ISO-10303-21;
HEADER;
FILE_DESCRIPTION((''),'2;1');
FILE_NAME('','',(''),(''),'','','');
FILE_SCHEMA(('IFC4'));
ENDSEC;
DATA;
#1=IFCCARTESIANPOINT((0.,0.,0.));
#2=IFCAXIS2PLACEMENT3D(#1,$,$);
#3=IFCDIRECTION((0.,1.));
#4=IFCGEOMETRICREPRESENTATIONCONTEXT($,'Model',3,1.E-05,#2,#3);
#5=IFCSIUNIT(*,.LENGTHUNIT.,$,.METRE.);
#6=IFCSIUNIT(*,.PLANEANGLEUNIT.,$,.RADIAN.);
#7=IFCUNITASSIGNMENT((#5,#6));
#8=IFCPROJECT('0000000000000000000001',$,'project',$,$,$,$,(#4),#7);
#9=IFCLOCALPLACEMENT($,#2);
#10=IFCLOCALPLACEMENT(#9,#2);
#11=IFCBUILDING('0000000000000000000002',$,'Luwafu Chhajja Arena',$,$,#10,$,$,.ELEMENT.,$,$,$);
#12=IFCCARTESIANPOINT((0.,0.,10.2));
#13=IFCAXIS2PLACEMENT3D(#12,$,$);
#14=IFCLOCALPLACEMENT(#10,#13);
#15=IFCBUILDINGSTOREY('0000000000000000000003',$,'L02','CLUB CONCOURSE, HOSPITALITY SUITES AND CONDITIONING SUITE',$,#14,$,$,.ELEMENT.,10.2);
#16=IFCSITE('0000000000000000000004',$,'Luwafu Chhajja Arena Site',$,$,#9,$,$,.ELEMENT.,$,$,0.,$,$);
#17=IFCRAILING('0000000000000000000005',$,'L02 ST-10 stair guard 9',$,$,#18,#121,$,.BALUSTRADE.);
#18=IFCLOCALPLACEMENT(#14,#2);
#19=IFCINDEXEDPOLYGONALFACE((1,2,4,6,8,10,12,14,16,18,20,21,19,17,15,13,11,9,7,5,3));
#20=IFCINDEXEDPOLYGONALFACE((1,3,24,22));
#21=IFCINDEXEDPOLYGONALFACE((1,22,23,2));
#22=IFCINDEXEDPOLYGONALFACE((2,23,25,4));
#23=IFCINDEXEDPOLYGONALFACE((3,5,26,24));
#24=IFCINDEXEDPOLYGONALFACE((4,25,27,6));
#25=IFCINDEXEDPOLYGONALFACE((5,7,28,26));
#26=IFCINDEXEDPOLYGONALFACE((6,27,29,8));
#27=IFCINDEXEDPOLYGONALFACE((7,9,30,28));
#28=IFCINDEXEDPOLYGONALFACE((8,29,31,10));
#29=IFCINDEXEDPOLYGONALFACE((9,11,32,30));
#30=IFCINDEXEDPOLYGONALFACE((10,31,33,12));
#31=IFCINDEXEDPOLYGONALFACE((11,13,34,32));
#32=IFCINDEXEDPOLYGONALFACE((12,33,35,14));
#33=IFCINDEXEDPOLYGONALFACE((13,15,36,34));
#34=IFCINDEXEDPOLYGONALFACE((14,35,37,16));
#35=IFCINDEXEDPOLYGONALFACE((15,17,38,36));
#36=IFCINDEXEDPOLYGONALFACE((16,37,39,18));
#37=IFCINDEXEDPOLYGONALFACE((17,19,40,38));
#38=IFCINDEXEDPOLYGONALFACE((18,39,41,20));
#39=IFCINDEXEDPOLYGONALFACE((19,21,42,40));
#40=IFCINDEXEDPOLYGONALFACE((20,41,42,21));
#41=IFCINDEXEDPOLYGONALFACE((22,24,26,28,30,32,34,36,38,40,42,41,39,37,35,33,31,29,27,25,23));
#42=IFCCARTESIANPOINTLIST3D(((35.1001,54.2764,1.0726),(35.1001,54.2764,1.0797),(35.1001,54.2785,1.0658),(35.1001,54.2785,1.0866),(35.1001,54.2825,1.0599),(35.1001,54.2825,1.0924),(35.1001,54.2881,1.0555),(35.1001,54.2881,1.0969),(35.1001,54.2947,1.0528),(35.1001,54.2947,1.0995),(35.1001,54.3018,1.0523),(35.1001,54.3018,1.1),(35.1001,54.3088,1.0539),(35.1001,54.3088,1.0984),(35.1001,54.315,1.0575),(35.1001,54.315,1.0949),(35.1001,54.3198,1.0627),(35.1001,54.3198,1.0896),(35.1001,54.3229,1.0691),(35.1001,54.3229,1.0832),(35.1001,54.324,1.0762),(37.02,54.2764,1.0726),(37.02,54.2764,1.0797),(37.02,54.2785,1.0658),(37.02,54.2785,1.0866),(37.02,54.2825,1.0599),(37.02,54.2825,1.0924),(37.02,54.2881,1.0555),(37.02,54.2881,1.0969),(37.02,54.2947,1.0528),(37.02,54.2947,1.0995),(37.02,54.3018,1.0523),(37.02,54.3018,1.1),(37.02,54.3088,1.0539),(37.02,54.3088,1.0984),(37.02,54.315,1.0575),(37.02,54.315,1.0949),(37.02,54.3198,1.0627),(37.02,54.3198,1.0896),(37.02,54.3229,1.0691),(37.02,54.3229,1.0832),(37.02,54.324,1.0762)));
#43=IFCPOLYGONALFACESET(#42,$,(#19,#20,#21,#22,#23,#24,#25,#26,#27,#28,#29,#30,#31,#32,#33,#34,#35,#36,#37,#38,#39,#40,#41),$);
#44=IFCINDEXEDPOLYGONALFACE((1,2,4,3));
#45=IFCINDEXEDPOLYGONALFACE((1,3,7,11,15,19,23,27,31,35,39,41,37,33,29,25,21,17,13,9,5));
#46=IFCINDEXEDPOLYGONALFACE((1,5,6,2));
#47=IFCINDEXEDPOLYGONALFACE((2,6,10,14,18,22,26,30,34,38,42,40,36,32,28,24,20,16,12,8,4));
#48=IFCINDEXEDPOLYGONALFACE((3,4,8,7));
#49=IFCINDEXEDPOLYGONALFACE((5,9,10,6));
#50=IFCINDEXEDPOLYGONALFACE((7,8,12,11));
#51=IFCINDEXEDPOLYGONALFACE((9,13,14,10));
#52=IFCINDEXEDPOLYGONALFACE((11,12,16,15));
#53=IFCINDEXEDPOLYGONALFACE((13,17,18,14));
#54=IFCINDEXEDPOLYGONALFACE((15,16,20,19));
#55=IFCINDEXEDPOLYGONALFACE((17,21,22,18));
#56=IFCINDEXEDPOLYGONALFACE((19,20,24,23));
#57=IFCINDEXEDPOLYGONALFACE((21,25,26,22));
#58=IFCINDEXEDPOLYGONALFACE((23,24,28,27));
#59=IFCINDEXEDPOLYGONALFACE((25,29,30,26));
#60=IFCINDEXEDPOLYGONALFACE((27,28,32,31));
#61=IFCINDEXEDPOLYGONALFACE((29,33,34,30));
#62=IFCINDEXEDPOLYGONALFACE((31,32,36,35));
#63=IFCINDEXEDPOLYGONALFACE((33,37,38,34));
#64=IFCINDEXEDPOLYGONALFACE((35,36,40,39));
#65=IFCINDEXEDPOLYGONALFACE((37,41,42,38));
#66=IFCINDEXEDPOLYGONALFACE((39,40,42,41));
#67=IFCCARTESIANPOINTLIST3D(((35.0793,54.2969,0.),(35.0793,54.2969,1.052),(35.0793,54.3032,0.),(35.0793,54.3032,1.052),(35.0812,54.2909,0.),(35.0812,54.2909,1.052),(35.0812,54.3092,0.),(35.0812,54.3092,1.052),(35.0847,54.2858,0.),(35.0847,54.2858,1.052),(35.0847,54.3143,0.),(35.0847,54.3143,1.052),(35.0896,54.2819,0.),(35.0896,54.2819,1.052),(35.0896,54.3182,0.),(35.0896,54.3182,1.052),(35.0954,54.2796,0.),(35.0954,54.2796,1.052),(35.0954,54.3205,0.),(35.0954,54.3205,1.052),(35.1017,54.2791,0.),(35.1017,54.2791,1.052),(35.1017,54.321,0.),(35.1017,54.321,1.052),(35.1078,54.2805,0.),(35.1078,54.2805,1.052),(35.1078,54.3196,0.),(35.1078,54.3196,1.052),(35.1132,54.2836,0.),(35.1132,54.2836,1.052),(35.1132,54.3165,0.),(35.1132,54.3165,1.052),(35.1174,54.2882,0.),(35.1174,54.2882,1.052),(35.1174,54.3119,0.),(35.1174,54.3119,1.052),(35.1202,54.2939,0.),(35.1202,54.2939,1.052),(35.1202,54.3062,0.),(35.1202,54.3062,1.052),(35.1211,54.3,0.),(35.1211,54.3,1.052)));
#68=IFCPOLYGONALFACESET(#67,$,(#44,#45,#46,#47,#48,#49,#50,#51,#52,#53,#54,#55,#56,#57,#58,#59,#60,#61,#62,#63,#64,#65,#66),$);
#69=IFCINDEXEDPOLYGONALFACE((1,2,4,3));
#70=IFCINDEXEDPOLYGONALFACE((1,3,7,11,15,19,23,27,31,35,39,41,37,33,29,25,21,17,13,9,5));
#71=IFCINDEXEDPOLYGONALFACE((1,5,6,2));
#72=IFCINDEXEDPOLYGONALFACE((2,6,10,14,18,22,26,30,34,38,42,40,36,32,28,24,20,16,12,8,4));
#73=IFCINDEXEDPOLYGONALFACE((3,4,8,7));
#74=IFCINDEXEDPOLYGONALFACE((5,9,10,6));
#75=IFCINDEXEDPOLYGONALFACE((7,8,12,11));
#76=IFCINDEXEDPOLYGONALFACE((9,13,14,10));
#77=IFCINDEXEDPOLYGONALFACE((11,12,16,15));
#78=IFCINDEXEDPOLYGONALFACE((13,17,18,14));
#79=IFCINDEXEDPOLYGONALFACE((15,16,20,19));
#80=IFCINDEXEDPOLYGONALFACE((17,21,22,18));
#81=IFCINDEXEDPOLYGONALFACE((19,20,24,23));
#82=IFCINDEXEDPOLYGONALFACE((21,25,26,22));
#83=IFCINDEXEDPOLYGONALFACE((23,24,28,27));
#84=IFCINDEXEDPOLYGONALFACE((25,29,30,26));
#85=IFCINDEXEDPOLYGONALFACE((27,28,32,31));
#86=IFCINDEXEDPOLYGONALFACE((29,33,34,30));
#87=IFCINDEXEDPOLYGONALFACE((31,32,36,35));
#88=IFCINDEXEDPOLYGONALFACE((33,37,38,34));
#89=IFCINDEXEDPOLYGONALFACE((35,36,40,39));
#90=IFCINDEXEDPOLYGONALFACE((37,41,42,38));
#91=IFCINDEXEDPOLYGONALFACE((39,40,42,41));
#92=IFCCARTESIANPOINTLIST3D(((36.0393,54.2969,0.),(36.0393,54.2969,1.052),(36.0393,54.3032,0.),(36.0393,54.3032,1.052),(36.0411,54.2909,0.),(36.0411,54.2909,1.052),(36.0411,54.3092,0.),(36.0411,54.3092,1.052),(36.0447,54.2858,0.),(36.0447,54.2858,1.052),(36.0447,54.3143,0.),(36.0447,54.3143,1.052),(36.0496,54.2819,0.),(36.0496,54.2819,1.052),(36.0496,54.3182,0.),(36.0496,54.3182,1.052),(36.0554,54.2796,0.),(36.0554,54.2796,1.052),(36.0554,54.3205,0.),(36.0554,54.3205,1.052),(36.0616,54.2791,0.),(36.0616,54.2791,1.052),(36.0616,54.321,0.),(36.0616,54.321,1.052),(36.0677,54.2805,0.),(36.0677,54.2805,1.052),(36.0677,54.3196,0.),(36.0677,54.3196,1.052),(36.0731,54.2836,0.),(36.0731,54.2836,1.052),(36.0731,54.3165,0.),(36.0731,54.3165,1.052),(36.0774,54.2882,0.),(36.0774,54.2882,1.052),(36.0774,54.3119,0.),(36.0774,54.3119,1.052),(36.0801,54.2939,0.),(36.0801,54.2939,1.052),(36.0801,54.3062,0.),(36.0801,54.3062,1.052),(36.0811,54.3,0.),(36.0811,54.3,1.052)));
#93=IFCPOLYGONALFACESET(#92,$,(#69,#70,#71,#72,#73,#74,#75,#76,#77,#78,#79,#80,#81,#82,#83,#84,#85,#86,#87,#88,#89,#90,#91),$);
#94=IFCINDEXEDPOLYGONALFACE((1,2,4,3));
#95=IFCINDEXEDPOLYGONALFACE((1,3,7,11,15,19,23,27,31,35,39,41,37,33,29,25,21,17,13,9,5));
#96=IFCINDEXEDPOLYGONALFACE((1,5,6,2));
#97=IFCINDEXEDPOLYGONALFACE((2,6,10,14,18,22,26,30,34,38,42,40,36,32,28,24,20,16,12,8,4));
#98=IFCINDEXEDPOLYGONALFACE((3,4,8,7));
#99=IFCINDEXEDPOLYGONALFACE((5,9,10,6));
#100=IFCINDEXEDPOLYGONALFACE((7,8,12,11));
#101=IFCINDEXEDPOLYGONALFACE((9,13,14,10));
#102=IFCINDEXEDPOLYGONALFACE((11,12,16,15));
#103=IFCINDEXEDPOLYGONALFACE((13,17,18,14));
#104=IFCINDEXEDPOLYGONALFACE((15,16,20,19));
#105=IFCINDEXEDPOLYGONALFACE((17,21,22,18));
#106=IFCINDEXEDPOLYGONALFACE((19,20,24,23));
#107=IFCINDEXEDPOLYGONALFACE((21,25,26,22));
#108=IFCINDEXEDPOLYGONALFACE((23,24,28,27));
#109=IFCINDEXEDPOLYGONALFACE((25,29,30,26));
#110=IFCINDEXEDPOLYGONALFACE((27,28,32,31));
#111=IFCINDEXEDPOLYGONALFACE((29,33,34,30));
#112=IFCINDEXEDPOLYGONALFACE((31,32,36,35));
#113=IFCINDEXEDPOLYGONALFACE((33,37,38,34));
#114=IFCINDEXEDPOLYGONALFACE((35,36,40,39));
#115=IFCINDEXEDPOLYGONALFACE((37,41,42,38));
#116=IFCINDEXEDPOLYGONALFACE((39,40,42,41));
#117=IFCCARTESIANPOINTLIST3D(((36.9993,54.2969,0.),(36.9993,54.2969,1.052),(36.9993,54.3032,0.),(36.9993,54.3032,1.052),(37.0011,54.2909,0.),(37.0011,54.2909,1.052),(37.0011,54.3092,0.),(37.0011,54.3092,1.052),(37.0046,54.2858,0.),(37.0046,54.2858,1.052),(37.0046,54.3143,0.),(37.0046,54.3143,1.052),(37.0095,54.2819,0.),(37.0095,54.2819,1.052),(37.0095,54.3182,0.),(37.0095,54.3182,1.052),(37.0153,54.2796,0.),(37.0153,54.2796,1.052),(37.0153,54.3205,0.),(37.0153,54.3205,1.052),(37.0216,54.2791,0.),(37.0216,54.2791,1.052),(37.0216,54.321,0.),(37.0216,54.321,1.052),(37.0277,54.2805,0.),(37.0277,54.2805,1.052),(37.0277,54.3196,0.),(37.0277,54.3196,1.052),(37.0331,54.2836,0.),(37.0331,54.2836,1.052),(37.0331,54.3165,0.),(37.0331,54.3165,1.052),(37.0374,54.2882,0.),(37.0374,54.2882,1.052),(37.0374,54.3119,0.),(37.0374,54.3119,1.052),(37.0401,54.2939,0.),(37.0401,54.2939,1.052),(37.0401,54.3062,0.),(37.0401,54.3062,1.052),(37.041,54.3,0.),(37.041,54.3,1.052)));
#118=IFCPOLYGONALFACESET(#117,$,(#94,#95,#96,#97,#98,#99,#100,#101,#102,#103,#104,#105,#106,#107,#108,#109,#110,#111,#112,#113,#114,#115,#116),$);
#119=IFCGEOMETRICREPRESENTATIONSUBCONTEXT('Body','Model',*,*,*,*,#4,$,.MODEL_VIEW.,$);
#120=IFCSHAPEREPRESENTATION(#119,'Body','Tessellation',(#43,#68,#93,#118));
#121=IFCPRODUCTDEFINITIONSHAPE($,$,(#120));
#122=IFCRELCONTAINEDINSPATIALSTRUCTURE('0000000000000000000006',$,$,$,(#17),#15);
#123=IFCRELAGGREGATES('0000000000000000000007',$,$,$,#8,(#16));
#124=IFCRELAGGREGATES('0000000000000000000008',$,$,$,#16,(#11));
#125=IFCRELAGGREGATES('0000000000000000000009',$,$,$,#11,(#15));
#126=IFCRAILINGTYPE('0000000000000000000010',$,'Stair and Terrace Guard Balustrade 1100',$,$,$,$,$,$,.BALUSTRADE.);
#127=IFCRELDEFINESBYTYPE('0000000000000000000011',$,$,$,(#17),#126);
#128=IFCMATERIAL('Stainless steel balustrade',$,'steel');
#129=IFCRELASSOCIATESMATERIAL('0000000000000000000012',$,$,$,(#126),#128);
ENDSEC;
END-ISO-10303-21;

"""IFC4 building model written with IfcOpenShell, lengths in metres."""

from ifc_helpers import new_model, si_unit, direction, frame, origin, origin_2d, place, context, subcontext, project, spatial, circle, extrude, material, type_object, element, save


model = new_model("IFC4")

# Units and contexts
model_context = context("Model", 3, precision=1e-05, world=origin(), true_north=direction((0.0, 1.0)))
body_context = subcontext(model_context, "Body", "Model", "MODEL_VIEW")
ifc_project = project(units=[si_unit("LENGTHUNIT", "METRE"), si_unit("PLANEANGLEUNIT", "RADIAN")], contexts=[model_context])

# Site, building, storey
site_placement = place(None, origin())
site = spatial("IfcSite", under=ifc_project, at=site_placement, Name="Luwafu Chhajja Arena Site", CompositionType="ELEMENT", RefElevation=0.0)
building_placement = place(site_placement, origin())
building = spatial("IfcBuilding", under=site, at=building_placement, Name="Luwafu Chhajja Arena", CompositionType="ELEMENT")
storey_placement = place(building_placement, frame((0.0, 0.0, 10.2)))
storey = spatial("IfcBuildingStorey", under=building, at=storey_placement, Name="L02", Description="CLUB CONCOURSE, HOSPITALITY SUITES AND CONDITIONING SUITE", CompositionType="ELEMENT", Elevation=10.2)

# Railing
ifc_material_1 = material(Name="Stainless steel balustrade", Category="steel")
railing_type_1 = type_object("IfcRailingType", Name="Stair and Terrace Guard Balustrade 1100", PredefinedType="BALUSTRADE", material=ifc_material_1)
for number, where, name in (
    (1, (35.1001, 54.3, 0.0), "L02 ST-10 stair guard 9"),
):
    element("IfcRailing", number, at=place(storey_placement, frame(where)), inside=storey, type_object=railing_type_1, Name=name, PredefinedType="BALUSTRADE", context=body_context, shape_type="SweptSolid", body=[
        extrude(circle(Radius=0.0239, at=origin_2d()), frame((0.0, 0.0, 1.0762), z_axis=(1.0, 0.0, 0.0), x_axis=(0.0, 1.0, 0.0)), (0.0, 0.0, 1.0), 1.9199),
        extrude(circle(Radius=0.021, at=origin_2d()), origin(), (0.0, 0.0, 1.0), 1.052),
        extrude(circle(Radius=0.021, at=origin_2d()), frame((0.96, 0.0, 0.0)), (0.0, 0.0, 1.0), 1.052),
        extrude(circle(Radius=0.021, at=origin_2d()), frame((1.9199, 0.0, 0.0)), (0.0, 0.0, 1.0), 1.052),
    ])

save(model, "model.ifc")
